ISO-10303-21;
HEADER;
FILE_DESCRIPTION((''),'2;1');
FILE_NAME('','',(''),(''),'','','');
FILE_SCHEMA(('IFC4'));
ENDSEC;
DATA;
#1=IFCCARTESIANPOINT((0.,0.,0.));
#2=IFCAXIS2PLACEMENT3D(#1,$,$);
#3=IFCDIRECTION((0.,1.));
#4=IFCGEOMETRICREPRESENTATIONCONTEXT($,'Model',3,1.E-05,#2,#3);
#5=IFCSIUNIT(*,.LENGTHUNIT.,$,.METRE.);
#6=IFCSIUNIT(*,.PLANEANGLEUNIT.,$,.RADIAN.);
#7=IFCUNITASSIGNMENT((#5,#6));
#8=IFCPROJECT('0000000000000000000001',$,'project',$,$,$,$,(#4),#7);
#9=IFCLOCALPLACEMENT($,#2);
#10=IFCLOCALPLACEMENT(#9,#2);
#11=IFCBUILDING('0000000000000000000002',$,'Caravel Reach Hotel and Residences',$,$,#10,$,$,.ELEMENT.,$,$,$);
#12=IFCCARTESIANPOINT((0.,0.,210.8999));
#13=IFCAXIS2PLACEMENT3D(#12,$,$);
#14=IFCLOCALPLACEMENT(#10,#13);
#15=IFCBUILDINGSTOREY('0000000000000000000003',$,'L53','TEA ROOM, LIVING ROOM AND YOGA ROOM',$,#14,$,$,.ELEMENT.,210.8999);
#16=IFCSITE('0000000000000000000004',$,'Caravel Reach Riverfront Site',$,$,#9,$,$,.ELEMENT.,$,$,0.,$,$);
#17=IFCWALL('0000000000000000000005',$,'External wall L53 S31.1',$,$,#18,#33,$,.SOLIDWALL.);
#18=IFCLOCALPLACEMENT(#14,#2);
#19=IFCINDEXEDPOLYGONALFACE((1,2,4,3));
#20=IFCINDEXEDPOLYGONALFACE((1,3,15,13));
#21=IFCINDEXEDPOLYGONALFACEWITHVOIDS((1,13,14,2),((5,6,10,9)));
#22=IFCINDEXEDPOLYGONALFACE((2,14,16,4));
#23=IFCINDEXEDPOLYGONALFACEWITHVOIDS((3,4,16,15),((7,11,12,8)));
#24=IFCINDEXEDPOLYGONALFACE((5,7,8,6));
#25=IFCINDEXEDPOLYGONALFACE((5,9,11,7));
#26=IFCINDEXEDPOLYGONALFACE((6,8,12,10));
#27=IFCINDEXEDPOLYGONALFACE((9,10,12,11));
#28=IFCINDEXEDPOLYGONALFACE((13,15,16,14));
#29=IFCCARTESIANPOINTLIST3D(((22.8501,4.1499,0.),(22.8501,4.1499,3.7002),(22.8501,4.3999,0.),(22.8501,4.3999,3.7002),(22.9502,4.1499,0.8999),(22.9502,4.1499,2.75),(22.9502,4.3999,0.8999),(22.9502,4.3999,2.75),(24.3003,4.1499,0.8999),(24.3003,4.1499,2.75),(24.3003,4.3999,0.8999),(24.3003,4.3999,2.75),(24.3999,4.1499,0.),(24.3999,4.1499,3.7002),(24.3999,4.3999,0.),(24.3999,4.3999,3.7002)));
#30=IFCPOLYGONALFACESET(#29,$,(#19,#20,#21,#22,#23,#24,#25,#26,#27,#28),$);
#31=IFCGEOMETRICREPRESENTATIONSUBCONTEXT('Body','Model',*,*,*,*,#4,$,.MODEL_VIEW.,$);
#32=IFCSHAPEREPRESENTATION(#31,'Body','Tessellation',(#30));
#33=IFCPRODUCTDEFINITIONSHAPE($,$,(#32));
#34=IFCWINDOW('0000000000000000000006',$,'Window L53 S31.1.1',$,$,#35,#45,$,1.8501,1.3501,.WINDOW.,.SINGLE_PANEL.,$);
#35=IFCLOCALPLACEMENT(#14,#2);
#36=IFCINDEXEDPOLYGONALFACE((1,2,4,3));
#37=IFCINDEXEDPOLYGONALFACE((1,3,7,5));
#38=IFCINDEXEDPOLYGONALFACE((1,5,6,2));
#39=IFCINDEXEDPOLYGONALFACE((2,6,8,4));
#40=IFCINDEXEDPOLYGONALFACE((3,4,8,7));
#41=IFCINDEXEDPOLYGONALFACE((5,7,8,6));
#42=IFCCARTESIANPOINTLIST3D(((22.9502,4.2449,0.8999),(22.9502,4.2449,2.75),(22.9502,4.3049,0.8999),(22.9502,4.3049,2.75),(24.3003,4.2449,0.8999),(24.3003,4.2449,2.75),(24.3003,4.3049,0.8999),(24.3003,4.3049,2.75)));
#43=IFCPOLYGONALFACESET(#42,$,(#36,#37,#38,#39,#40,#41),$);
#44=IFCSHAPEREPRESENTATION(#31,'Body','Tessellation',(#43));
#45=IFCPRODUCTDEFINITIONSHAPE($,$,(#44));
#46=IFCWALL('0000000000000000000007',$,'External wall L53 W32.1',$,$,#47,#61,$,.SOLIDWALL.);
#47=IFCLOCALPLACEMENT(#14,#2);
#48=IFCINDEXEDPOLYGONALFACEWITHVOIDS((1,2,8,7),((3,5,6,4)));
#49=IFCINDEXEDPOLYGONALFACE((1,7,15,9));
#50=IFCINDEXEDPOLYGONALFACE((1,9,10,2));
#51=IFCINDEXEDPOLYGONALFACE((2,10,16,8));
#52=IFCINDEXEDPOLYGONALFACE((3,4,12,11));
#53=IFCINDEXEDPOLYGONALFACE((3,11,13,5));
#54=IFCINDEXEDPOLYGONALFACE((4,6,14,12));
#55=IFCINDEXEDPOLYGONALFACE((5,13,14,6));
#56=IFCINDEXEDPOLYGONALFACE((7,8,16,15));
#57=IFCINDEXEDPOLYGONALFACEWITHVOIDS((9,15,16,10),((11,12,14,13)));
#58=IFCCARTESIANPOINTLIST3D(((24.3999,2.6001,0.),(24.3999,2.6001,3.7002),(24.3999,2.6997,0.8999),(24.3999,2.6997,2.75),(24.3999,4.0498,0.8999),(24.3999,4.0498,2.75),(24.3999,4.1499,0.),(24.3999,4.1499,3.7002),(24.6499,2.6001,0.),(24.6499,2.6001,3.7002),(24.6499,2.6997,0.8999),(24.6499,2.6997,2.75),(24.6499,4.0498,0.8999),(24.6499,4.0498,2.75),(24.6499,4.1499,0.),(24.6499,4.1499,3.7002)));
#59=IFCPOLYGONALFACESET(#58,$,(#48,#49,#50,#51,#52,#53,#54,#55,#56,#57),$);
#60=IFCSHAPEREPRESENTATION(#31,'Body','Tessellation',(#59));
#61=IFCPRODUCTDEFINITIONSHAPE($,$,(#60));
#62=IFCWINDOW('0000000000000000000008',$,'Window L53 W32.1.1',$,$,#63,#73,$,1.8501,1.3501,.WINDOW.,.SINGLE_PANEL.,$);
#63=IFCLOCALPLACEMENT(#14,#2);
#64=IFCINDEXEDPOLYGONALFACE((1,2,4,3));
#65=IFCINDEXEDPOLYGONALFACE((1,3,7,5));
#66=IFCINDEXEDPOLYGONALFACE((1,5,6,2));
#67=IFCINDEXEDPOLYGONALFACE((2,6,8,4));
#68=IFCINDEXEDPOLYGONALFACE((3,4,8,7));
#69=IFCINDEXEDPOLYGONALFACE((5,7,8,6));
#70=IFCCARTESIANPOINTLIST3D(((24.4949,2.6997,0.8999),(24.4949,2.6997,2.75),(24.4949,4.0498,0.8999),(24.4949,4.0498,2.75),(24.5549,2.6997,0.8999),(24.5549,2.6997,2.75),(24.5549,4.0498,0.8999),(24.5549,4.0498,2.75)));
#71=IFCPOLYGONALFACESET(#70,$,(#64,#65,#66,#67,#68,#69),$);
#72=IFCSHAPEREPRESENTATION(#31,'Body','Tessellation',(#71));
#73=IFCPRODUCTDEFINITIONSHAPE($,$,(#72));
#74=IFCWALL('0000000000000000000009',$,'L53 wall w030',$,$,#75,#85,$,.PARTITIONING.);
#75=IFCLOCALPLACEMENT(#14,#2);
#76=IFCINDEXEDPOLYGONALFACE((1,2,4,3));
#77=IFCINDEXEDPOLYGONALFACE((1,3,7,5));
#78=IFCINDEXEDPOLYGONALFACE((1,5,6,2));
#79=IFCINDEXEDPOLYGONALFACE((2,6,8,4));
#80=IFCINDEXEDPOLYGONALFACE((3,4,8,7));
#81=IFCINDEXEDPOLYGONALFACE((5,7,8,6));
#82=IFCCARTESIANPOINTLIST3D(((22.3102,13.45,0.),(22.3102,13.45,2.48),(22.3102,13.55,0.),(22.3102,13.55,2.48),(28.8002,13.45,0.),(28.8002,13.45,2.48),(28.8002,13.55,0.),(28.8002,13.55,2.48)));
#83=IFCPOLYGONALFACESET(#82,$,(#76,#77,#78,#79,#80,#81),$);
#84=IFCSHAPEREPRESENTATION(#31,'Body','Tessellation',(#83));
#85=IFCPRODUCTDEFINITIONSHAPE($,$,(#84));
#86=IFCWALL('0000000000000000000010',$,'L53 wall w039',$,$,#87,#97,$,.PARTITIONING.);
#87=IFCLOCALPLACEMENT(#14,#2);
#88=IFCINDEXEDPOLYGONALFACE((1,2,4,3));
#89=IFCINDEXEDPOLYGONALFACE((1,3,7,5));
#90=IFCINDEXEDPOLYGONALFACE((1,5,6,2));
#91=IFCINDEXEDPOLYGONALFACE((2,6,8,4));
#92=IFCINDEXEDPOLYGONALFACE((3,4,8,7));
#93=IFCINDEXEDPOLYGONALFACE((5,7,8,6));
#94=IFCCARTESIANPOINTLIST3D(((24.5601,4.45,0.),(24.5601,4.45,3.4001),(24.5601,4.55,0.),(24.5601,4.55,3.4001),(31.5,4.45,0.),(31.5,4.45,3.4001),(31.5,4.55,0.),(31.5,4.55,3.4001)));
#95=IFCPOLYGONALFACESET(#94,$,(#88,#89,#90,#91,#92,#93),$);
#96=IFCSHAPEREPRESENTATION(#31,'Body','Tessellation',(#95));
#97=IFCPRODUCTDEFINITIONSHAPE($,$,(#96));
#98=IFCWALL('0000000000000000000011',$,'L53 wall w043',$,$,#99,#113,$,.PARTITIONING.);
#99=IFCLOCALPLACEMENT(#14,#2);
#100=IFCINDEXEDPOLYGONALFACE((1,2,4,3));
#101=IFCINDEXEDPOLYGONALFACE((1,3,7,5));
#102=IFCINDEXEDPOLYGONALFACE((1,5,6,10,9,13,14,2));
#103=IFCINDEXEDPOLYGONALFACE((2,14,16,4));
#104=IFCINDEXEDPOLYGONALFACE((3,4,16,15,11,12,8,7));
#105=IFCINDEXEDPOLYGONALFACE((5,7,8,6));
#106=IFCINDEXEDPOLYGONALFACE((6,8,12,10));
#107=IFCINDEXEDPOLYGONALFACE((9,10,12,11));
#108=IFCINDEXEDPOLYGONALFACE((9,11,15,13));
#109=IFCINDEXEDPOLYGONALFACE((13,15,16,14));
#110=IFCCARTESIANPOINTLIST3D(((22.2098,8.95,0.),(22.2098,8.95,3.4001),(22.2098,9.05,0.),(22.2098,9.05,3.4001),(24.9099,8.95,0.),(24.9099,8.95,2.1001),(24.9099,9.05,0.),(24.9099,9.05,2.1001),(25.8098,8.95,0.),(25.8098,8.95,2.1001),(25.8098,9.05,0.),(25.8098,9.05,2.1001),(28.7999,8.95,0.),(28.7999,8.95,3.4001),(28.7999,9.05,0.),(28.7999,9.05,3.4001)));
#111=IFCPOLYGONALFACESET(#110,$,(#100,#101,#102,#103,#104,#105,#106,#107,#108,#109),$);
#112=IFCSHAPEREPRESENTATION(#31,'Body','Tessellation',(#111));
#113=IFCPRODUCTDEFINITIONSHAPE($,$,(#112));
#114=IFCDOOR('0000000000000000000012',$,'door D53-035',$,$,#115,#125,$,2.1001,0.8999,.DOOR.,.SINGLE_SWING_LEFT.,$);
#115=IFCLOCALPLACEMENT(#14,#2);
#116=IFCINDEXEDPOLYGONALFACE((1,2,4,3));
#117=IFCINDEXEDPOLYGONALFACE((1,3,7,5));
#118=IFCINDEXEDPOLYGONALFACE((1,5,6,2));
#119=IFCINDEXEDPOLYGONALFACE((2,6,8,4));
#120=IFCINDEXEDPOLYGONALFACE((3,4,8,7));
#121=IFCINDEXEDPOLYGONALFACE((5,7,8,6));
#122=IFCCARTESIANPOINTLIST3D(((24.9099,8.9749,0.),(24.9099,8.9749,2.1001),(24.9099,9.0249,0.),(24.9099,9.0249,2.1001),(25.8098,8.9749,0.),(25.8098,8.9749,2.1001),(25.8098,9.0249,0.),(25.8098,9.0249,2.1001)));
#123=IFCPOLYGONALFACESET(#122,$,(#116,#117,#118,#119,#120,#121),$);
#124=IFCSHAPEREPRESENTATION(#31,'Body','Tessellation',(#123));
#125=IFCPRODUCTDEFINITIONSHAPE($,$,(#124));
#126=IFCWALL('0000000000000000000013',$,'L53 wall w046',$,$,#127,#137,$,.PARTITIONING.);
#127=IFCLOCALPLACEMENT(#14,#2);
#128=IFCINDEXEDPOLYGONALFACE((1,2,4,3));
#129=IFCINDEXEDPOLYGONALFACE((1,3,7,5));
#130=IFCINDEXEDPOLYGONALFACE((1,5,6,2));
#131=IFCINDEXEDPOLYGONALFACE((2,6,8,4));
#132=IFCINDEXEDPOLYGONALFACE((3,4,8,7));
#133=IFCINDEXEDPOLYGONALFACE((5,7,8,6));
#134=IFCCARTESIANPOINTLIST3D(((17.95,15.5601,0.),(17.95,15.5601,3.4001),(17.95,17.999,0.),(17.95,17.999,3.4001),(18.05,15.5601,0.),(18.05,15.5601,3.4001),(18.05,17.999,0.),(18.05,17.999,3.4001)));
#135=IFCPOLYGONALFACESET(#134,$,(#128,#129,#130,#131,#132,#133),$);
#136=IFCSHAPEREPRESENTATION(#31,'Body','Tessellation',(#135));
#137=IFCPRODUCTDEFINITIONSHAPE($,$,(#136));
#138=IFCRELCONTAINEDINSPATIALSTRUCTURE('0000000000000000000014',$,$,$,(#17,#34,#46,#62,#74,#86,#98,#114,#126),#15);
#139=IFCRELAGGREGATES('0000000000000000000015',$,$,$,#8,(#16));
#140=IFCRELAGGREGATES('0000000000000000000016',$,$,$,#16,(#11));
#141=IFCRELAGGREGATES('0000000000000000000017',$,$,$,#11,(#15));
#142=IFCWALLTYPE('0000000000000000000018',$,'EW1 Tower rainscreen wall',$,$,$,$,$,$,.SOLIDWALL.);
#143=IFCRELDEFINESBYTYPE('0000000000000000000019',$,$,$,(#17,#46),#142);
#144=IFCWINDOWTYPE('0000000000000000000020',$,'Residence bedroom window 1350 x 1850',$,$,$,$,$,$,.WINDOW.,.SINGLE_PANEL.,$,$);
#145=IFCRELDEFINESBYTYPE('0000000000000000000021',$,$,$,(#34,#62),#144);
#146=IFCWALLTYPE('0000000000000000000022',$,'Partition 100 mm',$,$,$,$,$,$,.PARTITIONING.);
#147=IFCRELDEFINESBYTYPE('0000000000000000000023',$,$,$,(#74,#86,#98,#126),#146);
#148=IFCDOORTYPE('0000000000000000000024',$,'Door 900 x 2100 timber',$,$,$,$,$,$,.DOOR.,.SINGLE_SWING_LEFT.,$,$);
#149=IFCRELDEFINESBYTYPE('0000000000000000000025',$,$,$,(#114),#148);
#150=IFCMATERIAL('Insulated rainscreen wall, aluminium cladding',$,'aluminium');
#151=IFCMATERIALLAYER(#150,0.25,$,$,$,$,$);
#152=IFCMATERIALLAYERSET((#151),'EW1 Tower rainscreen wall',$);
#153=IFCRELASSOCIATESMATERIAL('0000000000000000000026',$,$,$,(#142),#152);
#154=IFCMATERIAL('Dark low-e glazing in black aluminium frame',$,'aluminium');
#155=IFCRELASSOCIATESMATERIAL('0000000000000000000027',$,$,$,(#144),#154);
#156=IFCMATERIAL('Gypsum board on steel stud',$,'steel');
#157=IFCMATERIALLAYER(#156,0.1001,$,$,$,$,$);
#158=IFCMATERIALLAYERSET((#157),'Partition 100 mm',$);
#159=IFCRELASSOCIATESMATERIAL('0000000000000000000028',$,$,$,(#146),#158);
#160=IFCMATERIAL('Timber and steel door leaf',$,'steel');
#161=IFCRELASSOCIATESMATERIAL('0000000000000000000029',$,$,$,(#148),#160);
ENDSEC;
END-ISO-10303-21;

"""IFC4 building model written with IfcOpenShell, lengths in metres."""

from ifc_helpers import new_model, si_unit, direction, frame, frame_2d, origin, place, context, subcontext, project, spatial, rectangle, extrude, material, layer, layer_set, type_object, element, fill, save


model = new_model("IFC4")

# Units and contexts
model_context = context("Model", 3, precision=1e-05, world=origin(), true_north=direction((0.0, 1.0)))
body_context = subcontext(model_context, "Body", "Model", "MODEL_VIEW")
ifc_project = project(units=[si_unit("LENGTHUNIT", "METRE"), si_unit("PLANEANGLEUNIT", "RADIAN")], contexts=[model_context])

# Site, building, storey
site_placement = place(None, origin())
site = spatial("IfcSite", under=ifc_project, at=site_placement, Name="Caravel Reach Riverfront Site", CompositionType="ELEMENT", RefElevation=0.0)
building_placement = place(site_placement, origin())
building = spatial("IfcBuilding", under=site, at=building_placement, Name="Caravel Reach Hotel and Residences", CompositionType="ELEMENT")
storey_placement = place(building_placement, frame((0.0, 0.0, 210.8999)))
storey = spatial("IfcBuildingStorey", under=building, at=storey_placement, Name="L53", Description="TEA ROOM, LIVING ROOM AND YOGA ROOM", CompositionType="ELEMENT", Elevation=210.8999)

# Shared definitions
ifc_material_1 = material(Name="Insulated rainscreen wall, aluminium cladding", Category="aluminium")
ifc_layer_1 = layer(ifc_material_1, 0.25)
ifc_layer_set_1 = layer_set([ifc_layer_1], Name="EW1 Tower rainscreen wall")
wall_type_1 = type_object("IfcWallType", Name="EW1 Tower rainscreen wall", PredefinedType="SOLIDWALL", material=ifc_layer_set_1)

# Walls, openings, windows
wall_1_placement = place(storey_placement, frame((22.8501, 4.2749, 0.0), z_axis=(0.0, 0.0, 1.0), x_axis=(1.0, 0.0, 0.0)))
wall_1 = element("IfcWall", 1, at=wall_1_placement, inside=storey, type_object=wall_type_1, Name="External wall L53 S31.1", PredefinedType="SOLIDWALL", context=body_context, shape_type="SweptSolid", body=[
    extrude(rectangle(XDim=1.5498, YDim=0.25, at=frame_2d((0.7749, 0.0))), origin(), (0.0, 0.0, 1.0), 3.7002),
])
opening_1_placement = place(wall_1_placement, frame((0.1001, 0.0, 0.8999)))
opening_1 = element("IfcOpeningElement", 2, at=opening_1_placement, cuts=wall_1, PredefinedType="OPENING", context=body_context, shape_type="SweptSolid", body=[
    extrude(rectangle(XDim=1.3501, YDim=1.8501, at=frame_2d((0.675, 0.925))), frame((0.0, 0.135, 0.0), z_axis=(0.0, -1.0, 0.0), x_axis=(1.0, 0.0, 0.0)), (0.0, 0.0, 1.0), 0.27),
])
ifc_material_2 = material(Name="Dark low-e glazing in black aluminium frame", Category="aluminium")
window_type_1 = type_object("IfcWindowType", Name="Residence bedroom window 1350 x 1850", PartitioningType="SINGLE_PANEL", PredefinedType="WINDOW", material=ifc_material_2)
window_1_placement = place(opening_1_placement, origin())
window_1 = element("IfcWindow", 3, at=window_1_placement, inside=storey, type_object=window_type_1, Name="Window L53 S31.1.1", OverallHeight=1.8501, OverallWidth=1.3501, PartitioningType="SINGLE_PANEL", PredefinedType="WINDOW", context=body_context, shape_type="SweptSolid", body=[
    extrude(rectangle(XDim=1.3501, YDim=1.8501, at=frame_2d((0.675, 0.925))), frame((0.0, 0.03, 0.0), z_axis=(0.0, -1.0, 0.0), x_axis=(1.0, 0.0, 0.0)), (0.0, 0.0, 1.0), 0.0601),
])
fill(opening_1, window_1)
wall_2_placement = place(storey_placement, frame((24.5249, 4.1499, 0.0), z_axis=(0.0, 0.0, 1.0), x_axis=(0.0, -1.0, 0.0)))
wall_2 = element("IfcWall", 4, at=wall_2_placement, inside=storey, type_object=wall_type_1, Name="External wall L53 W32.1", PredefinedType="SOLIDWALL", context=body_context, shape_type="SweptSolid", body=[
    extrude(rectangle(XDim=1.5498, YDim=0.25, at=frame_2d((0.7749, 0.0))), origin(), (0.0, 0.0, 1.0), 3.7002),
])
opening_2_placement = place(wall_2_placement, frame((0.1001, 0.0, 0.8999)))
opening_2 = element("IfcOpeningElement", 5, at=opening_2_placement, cuts=wall_2, PredefinedType="OPENING", context=body_context, shape_type="SweptSolid", body=[
    extrude(rectangle(XDim=1.3501, YDim=1.8501, at=frame_2d((0.675, 0.925))), frame((0.0, 0.135, 0.0), z_axis=(0.0, -1.0, 0.0), x_axis=(1.0, 0.0, 0.0)), (0.0, 0.0, 1.0), 0.27),
])
window_2_placement = place(opening_2_placement, origin())
window_2 = element("IfcWindow", 6, at=window_2_placement, inside=storey, type_object=window_type_1, Name="Window L53 W32.1.1", OverallHeight=1.8501, OverallWidth=1.3501, PartitioningType="SINGLE_PANEL", PredefinedType="WINDOW", context=body_context, shape_type="SweptSolid", body=[
    extrude(rectangle(XDim=1.3501, YDim=1.8501, at=frame_2d((0.675, 0.925))), frame((0.0, 0.03, 0.0), z_axis=(0.0, -1.0, 0.0), x_axis=(1.0, 0.0, 0.0)), (0.0, 0.0, 1.0), 0.0601),
])
fill(opening_2, window_2)

# Walls
ifc_material_3 = material(Name="Gypsum board on steel stud", Category="steel")
ifc_layer_2 = layer(ifc_material_3, 0.1001)
ifc_layer_set_2 = layer_set([ifc_layer_2], Name="Partition 100 mm")
wall_type_2 = type_object("IfcWallType", Name="Partition 100 mm", PredefinedType="PARTITIONING", material=ifc_layer_set_2)
wall_3_placement = place(storey_placement, frame((22.3101, 13.5, 0.0), z_axis=(0.0, 0.0, 1.0), x_axis=(1.0, 0.0, 0.0)))
element("IfcWall", 7, at=wall_3_placement, inside=storey, type_object=wall_type_2, Name="L53 wall w030", PredefinedType="PARTITIONING", context=body_context, shape_type="SweptSolid", body=[
    extrude(rectangle(XDim=6.49, YDim=0.1001, at=frame_2d((3.2451, 0.0))), origin(), (0.0, 0.0, 1.0), 2.48),
])
wall_4_placement = place(storey_placement, frame((24.5601, 4.5, 0.0), z_axis=(0.0, 0.0, 1.0), x_axis=(1.0, 0.0, 0.0)))
element("IfcWall", 8, at=wall_4_placement, inside=storey, type_object=wall_type_2, Name="L53 wall w039", PredefinedType="PARTITIONING", context=body_context, shape_type="SweptSolid", body=[
    extrude(rectangle(XDim=6.9399, YDim=0.1001, at=frame_2d((3.47, 0.0))), origin(), (0.0, 0.0, 1.0), 3.4001),
])

# Wall, opening, door
wall_5_placement = place(storey_placement, frame((22.21, 9.0, 0.0), z_axis=(0.0, 0.0, 1.0), x_axis=(1.0, 0.0, 0.0)))
wall_5 = element("IfcWall", 9, at=wall_5_placement, inside=storey, type_object=wall_type_2, Name="L53 wall w043", PredefinedType="PARTITIONING", context=body_context, shape_type="SweptSolid", body=[
    extrude(rectangle(XDim=6.5901, YDim=0.1001, at=frame_2d((3.2949, 0.0))), origin(), (0.0, 0.0, 1.0), 3.4001),
])
opening_3_placement = place(wall_5_placement, frame((2.7, 0.0, 0.0)))
opening_3 = element("IfcOpeningElement", 10, at=opening_3_placement, cuts=wall_5, PredefinedType="OPENING", context=body_context, shape_type="SweptSolid", body=[
    extrude(rectangle(XDim=0.8999, YDim=2.1001, at=frame_2d((0.45, 1.05))), frame((0.0, 0.0601, 0.0), z_axis=(0.0, -1.0, 0.0), x_axis=(1.0, 0.0, 0.0)), (0.0, 0.0, 1.0), 0.1201),
])
ifc_material_4 = material(Name="Timber and steel door leaf", Category="steel")
door_type = type_object("IfcDoorType", Name="Door 900 x 2100 timber", OperationType="SINGLE_SWING_LEFT", PredefinedType="DOOR", material=ifc_material_4)
door_placement = place(opening_3_placement, origin())
door = element("IfcDoor", 11, at=door_placement, inside=storey, type_object=door_type, Name="door D53-035", OperationType="SINGLE_SWING_LEFT", OverallHeight=2.1001, OverallWidth=0.8999, PredefinedType="DOOR", context=body_context, shape_type="SweptSolid", body=[
    extrude(rectangle(XDim=0.8999, YDim=2.1001, at=frame_2d((0.45, 1.05))), frame((0.0, 0.0249, 0.0), z_axis=(0.0, -1.0, 0.0), x_axis=(1.0, 0.0, 0.0)), (0.0, 0.0, 1.0), 0.05),
])
fill(opening_3, door)

# Wall
wall_6_placement = place(storey_placement, frame((18.0, 15.5601, 0.0), z_axis=(0.0, 0.0, 1.0), x_axis=(0.0, 1.0, 0.0)))
element("IfcWall", 12, at=wall_6_placement, inside=storey, type_object=wall_type_2, Name="L53 wall w046", PredefinedType="PARTITIONING", context=body_context, shape_type="SweptSolid", body=[
    extrude(rectangle(XDim=2.439, YDim=0.1001, at=frame_2d((1.2195, 0.0))), origin(), (0.0, 0.0, 1.0), 3.4001),
])

save(model, "model.ifc")
